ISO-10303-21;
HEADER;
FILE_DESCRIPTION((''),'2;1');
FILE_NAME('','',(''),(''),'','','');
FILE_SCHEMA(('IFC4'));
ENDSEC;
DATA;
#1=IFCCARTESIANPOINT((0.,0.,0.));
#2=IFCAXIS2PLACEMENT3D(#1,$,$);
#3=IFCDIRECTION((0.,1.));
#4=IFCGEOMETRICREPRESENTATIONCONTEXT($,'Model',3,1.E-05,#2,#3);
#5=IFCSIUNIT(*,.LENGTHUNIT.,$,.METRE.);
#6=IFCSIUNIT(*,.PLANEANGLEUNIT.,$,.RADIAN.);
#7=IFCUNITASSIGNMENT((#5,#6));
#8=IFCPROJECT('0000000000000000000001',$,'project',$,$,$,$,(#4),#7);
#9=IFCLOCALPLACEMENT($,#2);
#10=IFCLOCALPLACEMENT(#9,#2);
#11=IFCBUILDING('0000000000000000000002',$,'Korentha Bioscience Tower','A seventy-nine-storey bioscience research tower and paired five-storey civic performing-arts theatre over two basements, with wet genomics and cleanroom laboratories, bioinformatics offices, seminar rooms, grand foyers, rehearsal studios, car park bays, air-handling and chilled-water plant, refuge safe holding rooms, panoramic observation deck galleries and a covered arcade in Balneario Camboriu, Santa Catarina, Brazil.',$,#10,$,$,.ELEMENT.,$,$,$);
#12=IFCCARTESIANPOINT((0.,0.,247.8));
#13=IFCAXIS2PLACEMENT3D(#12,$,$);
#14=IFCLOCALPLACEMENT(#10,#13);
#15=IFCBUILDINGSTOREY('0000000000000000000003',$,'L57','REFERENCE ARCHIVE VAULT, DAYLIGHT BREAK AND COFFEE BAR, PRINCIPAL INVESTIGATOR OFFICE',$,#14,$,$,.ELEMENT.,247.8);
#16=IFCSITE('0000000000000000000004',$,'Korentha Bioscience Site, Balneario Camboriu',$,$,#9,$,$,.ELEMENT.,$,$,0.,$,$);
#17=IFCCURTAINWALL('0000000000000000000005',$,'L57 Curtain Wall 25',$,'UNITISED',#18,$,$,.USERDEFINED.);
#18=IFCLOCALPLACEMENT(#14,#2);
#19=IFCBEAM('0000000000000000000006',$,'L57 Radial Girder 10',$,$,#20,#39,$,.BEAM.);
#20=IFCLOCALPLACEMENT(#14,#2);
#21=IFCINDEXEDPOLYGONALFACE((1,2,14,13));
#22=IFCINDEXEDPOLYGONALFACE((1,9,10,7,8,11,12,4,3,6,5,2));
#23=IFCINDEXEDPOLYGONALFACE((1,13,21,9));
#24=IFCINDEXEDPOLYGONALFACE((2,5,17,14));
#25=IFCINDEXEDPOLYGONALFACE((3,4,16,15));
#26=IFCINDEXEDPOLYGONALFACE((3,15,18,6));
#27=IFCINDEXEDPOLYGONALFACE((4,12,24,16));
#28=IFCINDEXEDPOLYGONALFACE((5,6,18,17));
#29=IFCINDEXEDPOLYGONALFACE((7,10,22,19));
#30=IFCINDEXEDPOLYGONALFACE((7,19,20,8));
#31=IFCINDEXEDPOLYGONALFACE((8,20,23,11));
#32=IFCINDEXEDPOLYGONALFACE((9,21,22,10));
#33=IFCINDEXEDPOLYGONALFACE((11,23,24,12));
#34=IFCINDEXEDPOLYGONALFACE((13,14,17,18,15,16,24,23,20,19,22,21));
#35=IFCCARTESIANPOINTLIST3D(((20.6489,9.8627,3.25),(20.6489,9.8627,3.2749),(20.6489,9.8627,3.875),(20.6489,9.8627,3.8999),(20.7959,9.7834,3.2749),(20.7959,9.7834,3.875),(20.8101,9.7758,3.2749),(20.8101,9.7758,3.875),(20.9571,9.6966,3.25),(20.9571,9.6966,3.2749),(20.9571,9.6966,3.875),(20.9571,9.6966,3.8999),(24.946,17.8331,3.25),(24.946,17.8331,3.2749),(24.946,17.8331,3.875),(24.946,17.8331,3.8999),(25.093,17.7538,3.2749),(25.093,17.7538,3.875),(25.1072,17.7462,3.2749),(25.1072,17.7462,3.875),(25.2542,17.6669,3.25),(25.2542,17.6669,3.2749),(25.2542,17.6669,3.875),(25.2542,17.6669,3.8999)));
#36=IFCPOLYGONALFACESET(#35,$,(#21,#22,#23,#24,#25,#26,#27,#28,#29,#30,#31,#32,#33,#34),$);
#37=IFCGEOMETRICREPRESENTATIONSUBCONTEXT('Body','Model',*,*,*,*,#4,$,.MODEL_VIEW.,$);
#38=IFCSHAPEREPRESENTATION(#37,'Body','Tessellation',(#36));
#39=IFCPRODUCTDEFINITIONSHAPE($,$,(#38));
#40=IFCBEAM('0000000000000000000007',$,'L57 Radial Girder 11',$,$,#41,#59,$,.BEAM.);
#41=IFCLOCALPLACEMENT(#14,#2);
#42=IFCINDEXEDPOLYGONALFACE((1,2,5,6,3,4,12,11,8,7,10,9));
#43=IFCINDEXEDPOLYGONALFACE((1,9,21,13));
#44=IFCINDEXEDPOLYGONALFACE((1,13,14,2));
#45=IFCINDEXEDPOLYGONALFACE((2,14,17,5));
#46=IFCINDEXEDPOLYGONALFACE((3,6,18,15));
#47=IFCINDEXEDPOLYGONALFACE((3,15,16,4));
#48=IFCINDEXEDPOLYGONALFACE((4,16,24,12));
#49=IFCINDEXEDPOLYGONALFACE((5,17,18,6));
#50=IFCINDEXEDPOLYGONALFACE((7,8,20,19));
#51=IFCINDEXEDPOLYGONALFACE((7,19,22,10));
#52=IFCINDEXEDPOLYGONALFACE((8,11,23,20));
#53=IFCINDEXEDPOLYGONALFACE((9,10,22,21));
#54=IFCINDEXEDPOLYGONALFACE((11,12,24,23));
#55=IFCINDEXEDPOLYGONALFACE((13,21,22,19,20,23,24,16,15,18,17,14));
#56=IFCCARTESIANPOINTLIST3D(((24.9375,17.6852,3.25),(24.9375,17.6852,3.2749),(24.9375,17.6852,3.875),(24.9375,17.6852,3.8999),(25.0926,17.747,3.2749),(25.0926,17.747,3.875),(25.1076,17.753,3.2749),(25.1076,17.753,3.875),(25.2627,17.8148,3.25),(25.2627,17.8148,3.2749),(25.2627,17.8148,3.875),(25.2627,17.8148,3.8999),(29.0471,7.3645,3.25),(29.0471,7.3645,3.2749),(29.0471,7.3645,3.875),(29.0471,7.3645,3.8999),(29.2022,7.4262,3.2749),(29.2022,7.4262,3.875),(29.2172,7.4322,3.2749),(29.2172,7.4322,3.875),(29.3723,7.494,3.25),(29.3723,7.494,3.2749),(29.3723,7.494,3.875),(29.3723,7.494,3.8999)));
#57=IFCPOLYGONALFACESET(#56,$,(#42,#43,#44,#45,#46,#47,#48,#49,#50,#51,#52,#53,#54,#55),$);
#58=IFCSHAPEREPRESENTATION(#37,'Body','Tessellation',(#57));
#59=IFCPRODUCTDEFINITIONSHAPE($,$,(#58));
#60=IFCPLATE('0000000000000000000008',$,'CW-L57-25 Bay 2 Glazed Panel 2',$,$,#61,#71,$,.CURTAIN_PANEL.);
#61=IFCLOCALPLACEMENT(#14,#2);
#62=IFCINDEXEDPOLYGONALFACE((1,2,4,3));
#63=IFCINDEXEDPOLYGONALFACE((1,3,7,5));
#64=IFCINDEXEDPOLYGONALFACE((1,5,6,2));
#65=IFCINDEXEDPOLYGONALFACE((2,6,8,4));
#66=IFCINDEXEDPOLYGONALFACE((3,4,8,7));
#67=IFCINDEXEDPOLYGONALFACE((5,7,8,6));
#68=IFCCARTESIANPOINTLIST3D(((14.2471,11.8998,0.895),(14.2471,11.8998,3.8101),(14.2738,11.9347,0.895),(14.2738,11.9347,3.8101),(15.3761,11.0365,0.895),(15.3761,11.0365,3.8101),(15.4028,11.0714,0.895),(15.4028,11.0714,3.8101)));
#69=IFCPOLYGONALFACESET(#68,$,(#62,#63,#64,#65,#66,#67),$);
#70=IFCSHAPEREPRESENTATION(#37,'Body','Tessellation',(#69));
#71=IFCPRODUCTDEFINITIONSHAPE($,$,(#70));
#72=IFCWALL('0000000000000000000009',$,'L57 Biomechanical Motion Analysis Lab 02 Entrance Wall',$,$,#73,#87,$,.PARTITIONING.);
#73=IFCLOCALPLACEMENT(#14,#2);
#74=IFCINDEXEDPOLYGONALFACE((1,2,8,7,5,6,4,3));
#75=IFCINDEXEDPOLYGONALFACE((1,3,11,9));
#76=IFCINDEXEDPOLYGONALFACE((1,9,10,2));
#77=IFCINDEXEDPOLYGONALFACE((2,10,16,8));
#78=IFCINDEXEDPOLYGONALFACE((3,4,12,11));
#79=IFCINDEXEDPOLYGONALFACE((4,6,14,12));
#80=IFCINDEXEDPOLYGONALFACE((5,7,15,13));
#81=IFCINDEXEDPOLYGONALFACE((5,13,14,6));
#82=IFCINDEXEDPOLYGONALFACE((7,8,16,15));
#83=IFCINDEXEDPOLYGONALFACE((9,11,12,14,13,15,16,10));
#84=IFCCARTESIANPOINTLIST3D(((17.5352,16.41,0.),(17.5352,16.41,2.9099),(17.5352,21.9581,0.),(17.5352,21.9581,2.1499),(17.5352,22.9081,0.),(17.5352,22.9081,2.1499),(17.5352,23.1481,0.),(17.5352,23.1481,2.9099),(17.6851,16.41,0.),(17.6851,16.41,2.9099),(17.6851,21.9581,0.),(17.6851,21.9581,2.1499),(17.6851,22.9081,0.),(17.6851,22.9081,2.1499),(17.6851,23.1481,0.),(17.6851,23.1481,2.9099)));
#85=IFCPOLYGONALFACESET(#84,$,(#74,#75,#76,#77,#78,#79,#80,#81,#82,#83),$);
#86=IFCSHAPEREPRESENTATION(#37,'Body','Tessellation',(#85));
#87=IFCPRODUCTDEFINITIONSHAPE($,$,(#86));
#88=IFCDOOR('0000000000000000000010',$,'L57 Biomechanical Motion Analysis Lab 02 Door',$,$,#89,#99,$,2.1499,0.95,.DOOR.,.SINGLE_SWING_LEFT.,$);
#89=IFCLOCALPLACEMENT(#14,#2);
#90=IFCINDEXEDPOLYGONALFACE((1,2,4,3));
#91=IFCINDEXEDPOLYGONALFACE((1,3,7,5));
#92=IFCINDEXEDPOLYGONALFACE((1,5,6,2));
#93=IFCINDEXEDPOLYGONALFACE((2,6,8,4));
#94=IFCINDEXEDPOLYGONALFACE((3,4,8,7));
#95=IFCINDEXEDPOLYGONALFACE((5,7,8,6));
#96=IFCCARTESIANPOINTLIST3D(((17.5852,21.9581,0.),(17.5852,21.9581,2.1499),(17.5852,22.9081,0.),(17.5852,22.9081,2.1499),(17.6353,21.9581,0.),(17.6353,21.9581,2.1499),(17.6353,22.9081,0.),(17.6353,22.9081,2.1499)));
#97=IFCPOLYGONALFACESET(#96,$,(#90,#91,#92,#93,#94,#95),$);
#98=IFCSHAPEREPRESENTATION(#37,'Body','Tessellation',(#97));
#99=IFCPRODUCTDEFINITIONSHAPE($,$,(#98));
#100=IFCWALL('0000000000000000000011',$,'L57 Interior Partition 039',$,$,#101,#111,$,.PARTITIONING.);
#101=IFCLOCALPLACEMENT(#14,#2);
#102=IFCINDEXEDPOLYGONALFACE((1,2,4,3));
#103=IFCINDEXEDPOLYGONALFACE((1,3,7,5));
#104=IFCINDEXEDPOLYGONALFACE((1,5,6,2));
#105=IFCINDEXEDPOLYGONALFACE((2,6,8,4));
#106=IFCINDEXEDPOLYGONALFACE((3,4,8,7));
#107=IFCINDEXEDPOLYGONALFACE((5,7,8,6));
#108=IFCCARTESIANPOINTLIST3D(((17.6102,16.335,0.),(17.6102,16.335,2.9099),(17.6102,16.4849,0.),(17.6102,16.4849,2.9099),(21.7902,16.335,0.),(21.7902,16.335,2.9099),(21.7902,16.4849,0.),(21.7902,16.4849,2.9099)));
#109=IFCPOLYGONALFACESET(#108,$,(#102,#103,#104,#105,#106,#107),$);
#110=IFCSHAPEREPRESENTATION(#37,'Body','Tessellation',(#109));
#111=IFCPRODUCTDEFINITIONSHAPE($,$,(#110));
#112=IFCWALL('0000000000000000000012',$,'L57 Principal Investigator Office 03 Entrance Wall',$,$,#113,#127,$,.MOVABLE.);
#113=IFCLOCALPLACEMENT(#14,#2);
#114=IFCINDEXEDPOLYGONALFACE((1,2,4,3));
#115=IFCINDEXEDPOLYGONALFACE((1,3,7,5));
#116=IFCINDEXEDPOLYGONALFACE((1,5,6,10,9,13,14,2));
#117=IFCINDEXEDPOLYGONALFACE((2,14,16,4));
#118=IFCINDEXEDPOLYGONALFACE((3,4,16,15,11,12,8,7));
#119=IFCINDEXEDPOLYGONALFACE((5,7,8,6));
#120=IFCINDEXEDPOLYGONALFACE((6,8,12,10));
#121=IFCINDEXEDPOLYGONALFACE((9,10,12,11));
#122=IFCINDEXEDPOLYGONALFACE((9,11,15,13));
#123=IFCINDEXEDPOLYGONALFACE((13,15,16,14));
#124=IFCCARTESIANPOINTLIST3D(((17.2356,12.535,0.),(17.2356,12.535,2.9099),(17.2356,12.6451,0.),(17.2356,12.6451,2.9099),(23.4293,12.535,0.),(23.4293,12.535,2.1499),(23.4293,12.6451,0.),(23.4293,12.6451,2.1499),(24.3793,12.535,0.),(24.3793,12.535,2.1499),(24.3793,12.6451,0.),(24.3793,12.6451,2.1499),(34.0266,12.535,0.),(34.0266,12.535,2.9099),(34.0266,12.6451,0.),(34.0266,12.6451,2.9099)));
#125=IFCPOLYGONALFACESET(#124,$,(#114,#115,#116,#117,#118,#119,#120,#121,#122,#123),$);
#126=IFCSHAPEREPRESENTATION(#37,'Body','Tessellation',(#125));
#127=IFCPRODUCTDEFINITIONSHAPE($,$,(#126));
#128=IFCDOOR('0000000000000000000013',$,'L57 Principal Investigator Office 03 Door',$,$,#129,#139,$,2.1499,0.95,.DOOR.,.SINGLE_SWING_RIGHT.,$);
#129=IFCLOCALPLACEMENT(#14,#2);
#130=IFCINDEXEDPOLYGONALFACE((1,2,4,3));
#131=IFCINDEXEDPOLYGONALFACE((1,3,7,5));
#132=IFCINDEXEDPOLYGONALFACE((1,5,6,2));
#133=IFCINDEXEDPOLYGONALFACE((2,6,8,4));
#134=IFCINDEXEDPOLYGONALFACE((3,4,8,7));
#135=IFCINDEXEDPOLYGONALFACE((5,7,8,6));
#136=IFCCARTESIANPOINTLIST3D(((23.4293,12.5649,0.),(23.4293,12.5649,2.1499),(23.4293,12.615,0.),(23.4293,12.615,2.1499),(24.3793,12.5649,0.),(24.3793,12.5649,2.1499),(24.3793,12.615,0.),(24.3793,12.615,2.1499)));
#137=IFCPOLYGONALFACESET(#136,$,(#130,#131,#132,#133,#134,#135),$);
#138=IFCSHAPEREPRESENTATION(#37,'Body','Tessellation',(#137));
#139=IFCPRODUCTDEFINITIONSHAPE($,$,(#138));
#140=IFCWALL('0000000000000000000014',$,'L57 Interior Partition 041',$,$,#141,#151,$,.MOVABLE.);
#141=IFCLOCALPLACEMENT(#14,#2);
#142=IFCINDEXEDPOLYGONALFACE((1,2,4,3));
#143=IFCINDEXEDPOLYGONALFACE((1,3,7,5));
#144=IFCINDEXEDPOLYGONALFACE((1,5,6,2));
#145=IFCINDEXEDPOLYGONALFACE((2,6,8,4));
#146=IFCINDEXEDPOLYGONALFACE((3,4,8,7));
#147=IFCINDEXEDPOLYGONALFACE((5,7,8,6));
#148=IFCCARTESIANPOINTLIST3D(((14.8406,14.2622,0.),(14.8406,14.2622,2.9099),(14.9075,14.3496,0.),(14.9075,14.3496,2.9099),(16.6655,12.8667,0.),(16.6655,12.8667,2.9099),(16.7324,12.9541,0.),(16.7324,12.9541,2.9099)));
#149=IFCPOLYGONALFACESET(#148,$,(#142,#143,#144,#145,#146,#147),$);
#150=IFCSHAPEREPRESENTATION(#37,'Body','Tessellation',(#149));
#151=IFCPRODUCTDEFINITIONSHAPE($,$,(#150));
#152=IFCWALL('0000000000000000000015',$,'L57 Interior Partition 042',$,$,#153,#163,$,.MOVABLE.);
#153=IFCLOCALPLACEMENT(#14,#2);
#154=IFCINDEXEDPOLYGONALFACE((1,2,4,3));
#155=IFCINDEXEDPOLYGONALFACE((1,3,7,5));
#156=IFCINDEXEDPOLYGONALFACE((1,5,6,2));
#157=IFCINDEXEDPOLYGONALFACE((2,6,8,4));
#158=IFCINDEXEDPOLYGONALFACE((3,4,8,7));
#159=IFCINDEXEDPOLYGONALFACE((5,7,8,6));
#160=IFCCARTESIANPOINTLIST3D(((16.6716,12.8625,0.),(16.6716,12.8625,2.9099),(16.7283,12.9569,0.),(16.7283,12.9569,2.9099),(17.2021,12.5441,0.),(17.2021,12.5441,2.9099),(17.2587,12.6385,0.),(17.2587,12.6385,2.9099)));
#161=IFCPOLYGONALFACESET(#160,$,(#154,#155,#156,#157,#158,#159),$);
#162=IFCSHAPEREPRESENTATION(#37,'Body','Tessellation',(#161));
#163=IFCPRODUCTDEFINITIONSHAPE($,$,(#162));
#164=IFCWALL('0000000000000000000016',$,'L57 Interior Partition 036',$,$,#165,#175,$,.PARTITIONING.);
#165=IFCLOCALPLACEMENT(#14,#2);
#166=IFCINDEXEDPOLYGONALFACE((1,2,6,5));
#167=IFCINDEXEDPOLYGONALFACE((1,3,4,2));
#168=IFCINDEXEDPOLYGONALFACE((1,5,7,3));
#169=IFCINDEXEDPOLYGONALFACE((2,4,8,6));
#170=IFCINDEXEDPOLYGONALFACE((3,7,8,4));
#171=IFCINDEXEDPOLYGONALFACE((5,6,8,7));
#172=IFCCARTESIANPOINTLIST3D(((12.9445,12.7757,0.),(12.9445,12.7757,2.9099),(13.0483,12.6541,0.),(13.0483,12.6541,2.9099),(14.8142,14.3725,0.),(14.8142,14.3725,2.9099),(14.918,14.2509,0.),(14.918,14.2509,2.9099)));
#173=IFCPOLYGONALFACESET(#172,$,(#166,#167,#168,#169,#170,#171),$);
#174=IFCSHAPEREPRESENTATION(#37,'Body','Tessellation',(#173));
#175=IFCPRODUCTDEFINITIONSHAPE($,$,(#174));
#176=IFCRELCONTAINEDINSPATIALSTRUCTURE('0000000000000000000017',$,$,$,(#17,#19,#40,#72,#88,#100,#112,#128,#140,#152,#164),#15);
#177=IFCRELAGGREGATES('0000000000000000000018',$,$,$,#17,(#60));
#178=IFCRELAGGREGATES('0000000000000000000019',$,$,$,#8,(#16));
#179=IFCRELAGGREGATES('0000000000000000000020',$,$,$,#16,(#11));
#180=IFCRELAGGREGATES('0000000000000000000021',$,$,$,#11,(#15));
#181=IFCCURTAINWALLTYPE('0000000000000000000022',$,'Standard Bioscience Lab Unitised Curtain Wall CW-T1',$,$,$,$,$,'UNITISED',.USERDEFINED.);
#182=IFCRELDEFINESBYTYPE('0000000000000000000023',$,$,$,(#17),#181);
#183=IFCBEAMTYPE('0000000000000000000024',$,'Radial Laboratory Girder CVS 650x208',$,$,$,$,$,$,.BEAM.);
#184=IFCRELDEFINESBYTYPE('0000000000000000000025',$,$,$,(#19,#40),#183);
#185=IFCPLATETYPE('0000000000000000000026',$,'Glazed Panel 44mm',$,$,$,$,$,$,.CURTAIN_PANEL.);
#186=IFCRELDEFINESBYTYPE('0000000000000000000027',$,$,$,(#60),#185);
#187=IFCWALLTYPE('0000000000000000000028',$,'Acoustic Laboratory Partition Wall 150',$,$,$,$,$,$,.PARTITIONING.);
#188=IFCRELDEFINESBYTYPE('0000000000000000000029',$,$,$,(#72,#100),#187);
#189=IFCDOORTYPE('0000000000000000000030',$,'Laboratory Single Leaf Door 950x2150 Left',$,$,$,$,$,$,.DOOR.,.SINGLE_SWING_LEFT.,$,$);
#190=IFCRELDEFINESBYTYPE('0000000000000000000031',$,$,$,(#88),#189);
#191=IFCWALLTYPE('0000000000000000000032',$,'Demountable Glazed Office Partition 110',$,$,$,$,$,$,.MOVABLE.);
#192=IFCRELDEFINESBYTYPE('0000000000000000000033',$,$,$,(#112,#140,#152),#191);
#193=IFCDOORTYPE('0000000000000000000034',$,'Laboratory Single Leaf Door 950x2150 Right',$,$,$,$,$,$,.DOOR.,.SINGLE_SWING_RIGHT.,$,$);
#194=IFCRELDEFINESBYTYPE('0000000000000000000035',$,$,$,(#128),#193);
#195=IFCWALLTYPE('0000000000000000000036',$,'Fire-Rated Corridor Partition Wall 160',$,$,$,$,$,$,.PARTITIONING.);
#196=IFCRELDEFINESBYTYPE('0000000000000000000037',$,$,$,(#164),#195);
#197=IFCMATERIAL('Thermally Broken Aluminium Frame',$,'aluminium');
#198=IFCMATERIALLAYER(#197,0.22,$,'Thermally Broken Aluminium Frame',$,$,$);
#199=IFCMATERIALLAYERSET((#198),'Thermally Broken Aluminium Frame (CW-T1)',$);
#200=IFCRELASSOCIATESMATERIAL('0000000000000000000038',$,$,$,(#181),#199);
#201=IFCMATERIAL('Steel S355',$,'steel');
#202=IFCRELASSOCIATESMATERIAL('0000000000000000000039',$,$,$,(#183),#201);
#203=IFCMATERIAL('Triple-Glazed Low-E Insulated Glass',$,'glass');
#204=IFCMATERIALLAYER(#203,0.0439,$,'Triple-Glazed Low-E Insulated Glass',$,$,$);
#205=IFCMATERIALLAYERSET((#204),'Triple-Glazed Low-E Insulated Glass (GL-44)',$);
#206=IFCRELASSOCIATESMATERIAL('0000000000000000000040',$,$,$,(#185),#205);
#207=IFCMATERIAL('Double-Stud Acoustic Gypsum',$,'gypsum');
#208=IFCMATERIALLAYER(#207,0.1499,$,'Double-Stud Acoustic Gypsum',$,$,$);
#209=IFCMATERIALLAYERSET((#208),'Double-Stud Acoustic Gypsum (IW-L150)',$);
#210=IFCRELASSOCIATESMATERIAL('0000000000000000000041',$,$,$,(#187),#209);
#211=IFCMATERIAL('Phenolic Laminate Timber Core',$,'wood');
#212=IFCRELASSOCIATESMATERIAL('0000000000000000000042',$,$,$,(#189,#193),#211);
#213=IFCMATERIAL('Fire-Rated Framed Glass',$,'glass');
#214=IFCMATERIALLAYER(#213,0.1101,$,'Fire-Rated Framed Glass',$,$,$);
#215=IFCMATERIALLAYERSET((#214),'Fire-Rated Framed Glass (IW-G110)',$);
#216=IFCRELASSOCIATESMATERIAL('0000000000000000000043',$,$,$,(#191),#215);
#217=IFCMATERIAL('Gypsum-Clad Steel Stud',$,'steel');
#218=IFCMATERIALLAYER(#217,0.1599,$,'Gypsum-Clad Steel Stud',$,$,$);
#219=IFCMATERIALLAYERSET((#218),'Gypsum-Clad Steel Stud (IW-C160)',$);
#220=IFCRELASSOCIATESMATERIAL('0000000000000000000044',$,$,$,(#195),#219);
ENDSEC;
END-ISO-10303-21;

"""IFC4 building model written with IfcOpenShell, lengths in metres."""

from ifc_helpers import new_model, si_unit, direction, frame, frame_2d, origin, origin_2d, place, context, subcontext, project, spatial, rectangle, i_section, extrude, material, layer, layer_set, material_profile, profile_set, type_object, element, fill, aggregate, save


model = new_model("IFC4")

# Units and contexts
model_context = context("Model", 3, precision=1e-05, world=origin(), true_north=direction((0.0, 1.0)))
body_context = subcontext(model_context, "Body", "Model", "MODEL_VIEW")
ifc_project = project(units=[si_unit("LENGTHUNIT", "METRE"), si_unit("PLANEANGLEUNIT", "RADIAN")], contexts=[model_context])

# Site, building, storey
site_placement = place(None, origin())
site = spatial("IfcSite", under=ifc_project, at=site_placement, Name="Korentha Bioscience Site, Balneario Camboriu", CompositionType="ELEMENT", RefElevation=0.0)
building_placement = place(site_placement, origin())
building = spatial("IfcBuilding", under=site, at=building_placement, Name="Korentha Bioscience Tower", Description="A seventy-nine-storey bioscience research tower and paired five-storey civic performing-arts theatre over two basements, with wet genomics and cleanroom laboratories, bioinformatics offices, seminar rooms, grand foyers, rehearsal studios, car park bays, air-handling and chilled-water plant, refuge safe holding rooms, panoramic observation deck galleries and a covered arcade in Balneario Camboriu, Santa Catarina, Brazil.", CompositionType="ELEMENT")
storey_placement = place(building_placement, frame((0.0, 0.0, 247.8)))
storey = spatial("IfcBuildingStorey", under=building, at=storey_placement, Name="L57", Description="REFERENCE ARCHIVE VAULT, DAYLIGHT BREAK AND COFFEE BAR, PRINCIPAL INVESTIGATOR OFFICE", CompositionType="ELEMENT", Elevation=247.8)

# Shared definitions
ifc_material_1 = material(Name="Steel S355", Category="steel")

# Curtain wall
ifc_material_2 = material(Name="Thermally Broken Aluminium Frame", Category="aluminium")
ifc_layer_1 = layer(ifc_material_2, 0.22, Name="Thermally Broken Aluminium Frame")
ifc_layer_set_1 = layer_set([ifc_layer_1], Name="Thermally Broken Aluminium Frame (CW-T1)")
curtain_wall_type = type_object("IfcCurtainWallType", Name="Standard Bioscience Lab Unitised Curtain Wall CW-T1", ElementType="UNITISED", PredefinedType="USERDEFINED", material=ifc_layer_set_1)
curtain_wall_placement = place(storey_placement, origin())
curtain_wall = element("IfcCurtainWall", 1, at=curtain_wall_placement, inside=storey, type_object=curtain_wall_type, Name="L57 Curtain Wall 25", ObjectType="UNITISED", PredefinedType="USERDEFINED")

# Beams
ifc_material_profile_1 = material_profile(ifc_material_1, i_section(OverallWidth=0.3501, OverallDepth=0.6499, WebThickness=0.0161, FlangeThickness=0.0249, at=origin_2d()), Name="Steel S355")
ifc_profile_set_1 = profile_set([ifc_material_profile_1], Name="Steel S355 (RB-650)")
beam_type_1 = type_object("IfcBeamType", Name="Radial Laboratory Girder CVS 650x208", PredefinedType="BEAM", material=ifc_profile_set_1)
beam_1_placement = place(storey_placement, frame((25.1001, 17.75, 3.575), z_axis=(-0.474556, -0.880225, 0.0), x_axis=(0.880225, -0.474556, 0.0)))
element("IfcBeam", 2, at=beam_1_placement, inside=storey, type_object=beam_type_1, Name="L57 Radial Girder 10", PredefinedType="BEAM", context=body_context, shape_type="SweptSolid", body=[
    extrude(i_section(OverallWidth=0.3501, OverallDepth=0.6499, WebThickness=0.0161, FlangeThickness=0.0249, at=origin_2d()), origin(), (0.0, 0.0, 1.0), 9.0549),
])
beam_2_placement = place(storey_placement, frame((25.1001, 17.75, 3.575), z_axis=(0.369939, -0.929056, 0.0), x_axis=(0.929056, 0.369939, 0.0)))
element("IfcBeam", 3, at=beam_2_placement, inside=storey, type_object=beam_type_1, Name="L57 Radial Girder 11", PredefinedType="BEAM", context=body_context, shape_type="SweptSolid", body=[
    extrude(i_section(OverallWidth=0.3501, OverallDepth=0.6499, WebThickness=0.0161, FlangeThickness=0.0249, at=origin_2d()), origin(), (0.0, 0.0, 1.0), 11.1089),
])

# Plate
ifc_material_3 = material(Name="Triple-Glazed Low-E Insulated Glass", Category="glass")
ifc_layer_2 = layer(ifc_material_3, 0.0439, Name="Triple-Glazed Low-E Insulated Glass")
ifc_layer_set_2 = layer_set([ifc_layer_2], Name="Triple-Glazed Low-E Insulated Glass (GL-44)")
plate_type = type_object("IfcPlateType", Name="Glazed Panel 44mm", PredefinedType="CURTAIN_PANEL", material=ifc_layer_set_2)
plate_placement = place(storey_placement, frame((14.825, 11.4856, 0.895), z_axis=(0.0, 0.0, 1.0), x_axis=(0.794382, -0.607418, 0.0)))
plate = element("IfcPlate", 4, at=plate_placement, type_object=plate_type, Name="CW-L57-25 Bay 2 Glazed Panel 2", PredefinedType="CURTAIN_PANEL", context=body_context, shape_type="SweptSolid", body=[
    extrude(rectangle(XDim=1.4211, YDim=0.0439, at=origin_2d()), origin(), (0.0, 0.0, 1.0), 2.915),
])
aggregate(curtain_wall, [plate])

# Wall, opening, door
ifc_material_4 = material(Name="Double-Stud Acoustic Gypsum", Category="gypsum")
ifc_layer_3 = layer(ifc_material_4, 0.1499, Name="Double-Stud Acoustic Gypsum")
ifc_layer_set_3 = layer_set([ifc_layer_3], Name="Double-Stud Acoustic Gypsum (IW-L150)")
wall_type_1 = type_object("IfcWallType", Name="Acoustic Laboratory Partition Wall 150", PredefinedType="PARTITIONING", material=ifc_layer_set_3)
wall_1_placement = place(storey_placement, frame((17.6101, 16.4099, 0.0), z_axis=(0.0, 0.0, 1.0), x_axis=(0.0, 1.0, 0.0)))
wall_1 = element("IfcWall", 5, at=wall_1_placement, inside=storey, type_object=wall_type_1, Name="L57 Biomechanical Motion Analysis Lab 02 Entrance Wall", PredefinedType="PARTITIONING", context=body_context, shape_type="SweptSolid", body=[
    extrude(rectangle(XDim=6.738, YDim=0.1499, at=frame_2d((3.3691, 0.0))), origin(), (0.0, 0.0, 1.0), 2.9099),
])
opening_1_placement = place(wall_1_placement, frame((5.5481, 0.0, 0.0)))
opening_1 = element("IfcOpeningElement", 6, at=opening_1_placement, cuts=wall_1, PredefinedType="OPENING", context=body_context, shape_type="SweptSolid", body=[
    extrude(rectangle(XDim=0.95, YDim=2.1499, at=frame_2d((0.4751, 1.075))), frame((0.0, 0.0898, 0.0), z_axis=(0.0, -1.0, 0.0), x_axis=(1.0, 0.0, 0.0)), (0.0, 0.0, 1.0), 0.1797),
])
ifc_material_5 = material(Name="Phenolic Laminate Timber Core", Category="wood")
door_type_1 = type_object("IfcDoorType", Name="Laboratory Single Leaf Door 950x2150 Left", OperationType="SINGLE_SWING_LEFT", PredefinedType="DOOR", material=ifc_material_5)
door_1_placement = place(opening_1_placement, origin())
door_1 = element("IfcDoor", 7, at=door_1_placement, inside=storey, type_object=door_type_1, Name="L57 Biomechanical Motion Analysis Lab 02 Door", OperationType="SINGLE_SWING_LEFT", OverallHeight=2.1499, OverallWidth=0.95, PredefinedType="DOOR", context=body_context, shape_type="SweptSolid", body=[
    extrude(rectangle(XDim=0.95, YDim=2.1499, at=frame_2d((0.4751, 1.075))), frame((0.0, 0.0249, 0.0), z_axis=(0.0, -1.0, 0.0), x_axis=(1.0, 0.0, 0.0)), (0.0, 0.0, 1.0), 0.05),
])
fill(opening_1, door_1)

# Wall
wall_2_placement = place(storey_placement, frame((21.79, 16.4099, 0.0), z_axis=(0.0, 0.0, 1.0), x_axis=(-1.0, 0.0, 0.0)))
element("IfcWall", 8, at=wall_2_placement, inside=storey, type_object=wall_type_1, Name="L57 Interior Partition 039", PredefinedType="PARTITIONING", context=body_context, shape_type="SweptSolid", body=[
    extrude(rectangle(XDim=4.1799, YDim=0.1499, at=frame_2d((2.0898, 0.0))), origin(), (0.0, 0.0, 1.0), 2.9099),
])

# Wall, opening, door
ifc_material_6 = material(Name="Fire-Rated Framed Glass", Category="glass")
ifc_layer_4 = layer(ifc_material_6, 0.1101, Name="Fire-Rated Framed Glass")
ifc_layer_set_4 = layer_set([ifc_layer_4], Name="Fire-Rated Framed Glass (IW-G110)")
wall_type_2 = type_object("IfcWallType", Name="Demountable Glazed Office Partition 110", PredefinedType="MOVABLE", material=ifc_layer_set_4)
wall_3_placement = place(storey_placement, frame((17.2356, 12.5901, 0.0), z_axis=(0.0, 0.0, 1.0), x_axis=(1.0, 0.0, 0.0)))
wall_3 = element("IfcWall", 9, at=wall_3_placement, inside=storey, type_object=wall_type_2, Name="L57 Principal Investigator Office 03 Entrance Wall", PredefinedType="MOVABLE", context=body_context, shape_type="SweptSolid", body=[
    extrude(rectangle(XDim=16.791, YDim=0.1101, at=frame_2d((8.3955, 0.0))), origin(), (0.0, 0.0, 1.0), 2.9099),
])
opening_2_placement = place(wall_3_placement, frame((6.1936, 0.0, 0.0)))
opening_2 = element("IfcOpeningElement", 10, at=opening_2_placement, cuts=wall_3, PredefinedType="OPENING", context=body_context, shape_type="SweptSolid", body=[
    extrude(rectangle(XDim=0.95, YDim=2.1499, at=frame_2d((0.4751, 1.075))), frame((0.0, 0.0698, 0.0), z_axis=(0.0, -1.0, 0.0), x_axis=(1.0, 0.0, 0.0)), (0.0, 0.0, 1.0), 0.1399),
])
door_type_2 = type_object("IfcDoorType", Name="Laboratory Single Leaf Door 950x2150 Right", OperationType="SINGLE_SWING_RIGHT", PredefinedType="DOOR", material=ifc_material_5)
door_2_placement = place(opening_2_placement, origin())
door_2 = element("IfcDoor", 11, at=door_2_placement, inside=storey, type_object=door_type_2, Name="L57 Principal Investigator Office 03 Door", OperationType="SINGLE_SWING_RIGHT", OverallHeight=2.1499, OverallWidth=0.95, PredefinedType="DOOR", context=body_context, shape_type="SweptSolid", body=[
    extrude(rectangle(XDim=0.95, YDim=2.1499, at=frame_2d((0.4751, 1.075))), frame((0.0, 0.0249, 0.0), z_axis=(0.0, -1.0, 0.0), x_axis=(1.0, 0.0, 0.0)), (0.0, 0.0, 1.0), 0.05),
])
fill(opening_2, door_2)

# Walls
wall_4_placement = place(storey_placement, frame((14.874, 14.3059, 0.0), z_axis=(0.0, 0.0, 1.0), x_axis=(0.794367, -0.607438, 0.0)))
element("IfcWall", 12, at=wall_4_placement, inside=storey, type_object=wall_type_2, Name="L57 Interior Partition 041", PredefinedType="MOVABLE", context=body_context, shape_type="SweptSolid", body=[
    extrude(rectangle(XDim=2.2974, YDim=0.1101, at=frame_2d((1.1487, 0.0))), origin(), (0.0, 0.0, 1.0), 2.9099),
])
wall_5_placement = place(storey_placement, frame((16.7, 12.9097, 0.0), z_axis=(0.0, 0.0, 1.0), x_axis=(0.857458, -0.514554, 0.0)))
element("IfcWall", 13, at=wall_5_placement, inside=storey, type_object=wall_type_2, Name="L57 Interior Partition 042", PredefinedType="MOVABLE", context=body_context, shape_type="SweptSolid", body=[
    extrude(rectangle(XDim=0.6187, YDim=0.1101, at=frame_2d((0.3093, 0.0))), origin(), (0.0, 0.0, 1.0), 2.9099),
])
ifc_material_7 = material(Name="Gypsum-Clad Steel Stud", Category="steel")
ifc_layer_5 = layer(ifc_material_7, 0.1599, Name="Gypsum-Clad Steel Stud")
ifc_layer_set_5 = layer_set([ifc_layer_5], Name="Gypsum-Clad Steel Stud (IW-C160)")
wall_type_3 = type_object("IfcWallType", Name="Fire-Rated Corridor Partition Wall 160", PredefinedType="PARTITIONING", material=ifc_layer_set_5)
wall_6_placement = place(storey_placement, frame((14.8662, 14.3118, 0.0), z_axis=(0.0, 0.0, 1.0), x_axis=(-0.760433, -0.649416, 0.0)))
element("IfcWall", 14, at=wall_6_placement, inside=storey, type_object=wall_type_3, Name="L57 Interior Partition 036", PredefinedType="PARTITIONING", context=body_context, shape_type="SweptSolid", body=[
    extrude(rectangle(XDim=2.4587, YDim=0.1599, at=frame_2d((1.2295, 0.0))), origin(), (0.0, 0.0, 1.0), 2.9099),
])

save(model, "model.ifc")
